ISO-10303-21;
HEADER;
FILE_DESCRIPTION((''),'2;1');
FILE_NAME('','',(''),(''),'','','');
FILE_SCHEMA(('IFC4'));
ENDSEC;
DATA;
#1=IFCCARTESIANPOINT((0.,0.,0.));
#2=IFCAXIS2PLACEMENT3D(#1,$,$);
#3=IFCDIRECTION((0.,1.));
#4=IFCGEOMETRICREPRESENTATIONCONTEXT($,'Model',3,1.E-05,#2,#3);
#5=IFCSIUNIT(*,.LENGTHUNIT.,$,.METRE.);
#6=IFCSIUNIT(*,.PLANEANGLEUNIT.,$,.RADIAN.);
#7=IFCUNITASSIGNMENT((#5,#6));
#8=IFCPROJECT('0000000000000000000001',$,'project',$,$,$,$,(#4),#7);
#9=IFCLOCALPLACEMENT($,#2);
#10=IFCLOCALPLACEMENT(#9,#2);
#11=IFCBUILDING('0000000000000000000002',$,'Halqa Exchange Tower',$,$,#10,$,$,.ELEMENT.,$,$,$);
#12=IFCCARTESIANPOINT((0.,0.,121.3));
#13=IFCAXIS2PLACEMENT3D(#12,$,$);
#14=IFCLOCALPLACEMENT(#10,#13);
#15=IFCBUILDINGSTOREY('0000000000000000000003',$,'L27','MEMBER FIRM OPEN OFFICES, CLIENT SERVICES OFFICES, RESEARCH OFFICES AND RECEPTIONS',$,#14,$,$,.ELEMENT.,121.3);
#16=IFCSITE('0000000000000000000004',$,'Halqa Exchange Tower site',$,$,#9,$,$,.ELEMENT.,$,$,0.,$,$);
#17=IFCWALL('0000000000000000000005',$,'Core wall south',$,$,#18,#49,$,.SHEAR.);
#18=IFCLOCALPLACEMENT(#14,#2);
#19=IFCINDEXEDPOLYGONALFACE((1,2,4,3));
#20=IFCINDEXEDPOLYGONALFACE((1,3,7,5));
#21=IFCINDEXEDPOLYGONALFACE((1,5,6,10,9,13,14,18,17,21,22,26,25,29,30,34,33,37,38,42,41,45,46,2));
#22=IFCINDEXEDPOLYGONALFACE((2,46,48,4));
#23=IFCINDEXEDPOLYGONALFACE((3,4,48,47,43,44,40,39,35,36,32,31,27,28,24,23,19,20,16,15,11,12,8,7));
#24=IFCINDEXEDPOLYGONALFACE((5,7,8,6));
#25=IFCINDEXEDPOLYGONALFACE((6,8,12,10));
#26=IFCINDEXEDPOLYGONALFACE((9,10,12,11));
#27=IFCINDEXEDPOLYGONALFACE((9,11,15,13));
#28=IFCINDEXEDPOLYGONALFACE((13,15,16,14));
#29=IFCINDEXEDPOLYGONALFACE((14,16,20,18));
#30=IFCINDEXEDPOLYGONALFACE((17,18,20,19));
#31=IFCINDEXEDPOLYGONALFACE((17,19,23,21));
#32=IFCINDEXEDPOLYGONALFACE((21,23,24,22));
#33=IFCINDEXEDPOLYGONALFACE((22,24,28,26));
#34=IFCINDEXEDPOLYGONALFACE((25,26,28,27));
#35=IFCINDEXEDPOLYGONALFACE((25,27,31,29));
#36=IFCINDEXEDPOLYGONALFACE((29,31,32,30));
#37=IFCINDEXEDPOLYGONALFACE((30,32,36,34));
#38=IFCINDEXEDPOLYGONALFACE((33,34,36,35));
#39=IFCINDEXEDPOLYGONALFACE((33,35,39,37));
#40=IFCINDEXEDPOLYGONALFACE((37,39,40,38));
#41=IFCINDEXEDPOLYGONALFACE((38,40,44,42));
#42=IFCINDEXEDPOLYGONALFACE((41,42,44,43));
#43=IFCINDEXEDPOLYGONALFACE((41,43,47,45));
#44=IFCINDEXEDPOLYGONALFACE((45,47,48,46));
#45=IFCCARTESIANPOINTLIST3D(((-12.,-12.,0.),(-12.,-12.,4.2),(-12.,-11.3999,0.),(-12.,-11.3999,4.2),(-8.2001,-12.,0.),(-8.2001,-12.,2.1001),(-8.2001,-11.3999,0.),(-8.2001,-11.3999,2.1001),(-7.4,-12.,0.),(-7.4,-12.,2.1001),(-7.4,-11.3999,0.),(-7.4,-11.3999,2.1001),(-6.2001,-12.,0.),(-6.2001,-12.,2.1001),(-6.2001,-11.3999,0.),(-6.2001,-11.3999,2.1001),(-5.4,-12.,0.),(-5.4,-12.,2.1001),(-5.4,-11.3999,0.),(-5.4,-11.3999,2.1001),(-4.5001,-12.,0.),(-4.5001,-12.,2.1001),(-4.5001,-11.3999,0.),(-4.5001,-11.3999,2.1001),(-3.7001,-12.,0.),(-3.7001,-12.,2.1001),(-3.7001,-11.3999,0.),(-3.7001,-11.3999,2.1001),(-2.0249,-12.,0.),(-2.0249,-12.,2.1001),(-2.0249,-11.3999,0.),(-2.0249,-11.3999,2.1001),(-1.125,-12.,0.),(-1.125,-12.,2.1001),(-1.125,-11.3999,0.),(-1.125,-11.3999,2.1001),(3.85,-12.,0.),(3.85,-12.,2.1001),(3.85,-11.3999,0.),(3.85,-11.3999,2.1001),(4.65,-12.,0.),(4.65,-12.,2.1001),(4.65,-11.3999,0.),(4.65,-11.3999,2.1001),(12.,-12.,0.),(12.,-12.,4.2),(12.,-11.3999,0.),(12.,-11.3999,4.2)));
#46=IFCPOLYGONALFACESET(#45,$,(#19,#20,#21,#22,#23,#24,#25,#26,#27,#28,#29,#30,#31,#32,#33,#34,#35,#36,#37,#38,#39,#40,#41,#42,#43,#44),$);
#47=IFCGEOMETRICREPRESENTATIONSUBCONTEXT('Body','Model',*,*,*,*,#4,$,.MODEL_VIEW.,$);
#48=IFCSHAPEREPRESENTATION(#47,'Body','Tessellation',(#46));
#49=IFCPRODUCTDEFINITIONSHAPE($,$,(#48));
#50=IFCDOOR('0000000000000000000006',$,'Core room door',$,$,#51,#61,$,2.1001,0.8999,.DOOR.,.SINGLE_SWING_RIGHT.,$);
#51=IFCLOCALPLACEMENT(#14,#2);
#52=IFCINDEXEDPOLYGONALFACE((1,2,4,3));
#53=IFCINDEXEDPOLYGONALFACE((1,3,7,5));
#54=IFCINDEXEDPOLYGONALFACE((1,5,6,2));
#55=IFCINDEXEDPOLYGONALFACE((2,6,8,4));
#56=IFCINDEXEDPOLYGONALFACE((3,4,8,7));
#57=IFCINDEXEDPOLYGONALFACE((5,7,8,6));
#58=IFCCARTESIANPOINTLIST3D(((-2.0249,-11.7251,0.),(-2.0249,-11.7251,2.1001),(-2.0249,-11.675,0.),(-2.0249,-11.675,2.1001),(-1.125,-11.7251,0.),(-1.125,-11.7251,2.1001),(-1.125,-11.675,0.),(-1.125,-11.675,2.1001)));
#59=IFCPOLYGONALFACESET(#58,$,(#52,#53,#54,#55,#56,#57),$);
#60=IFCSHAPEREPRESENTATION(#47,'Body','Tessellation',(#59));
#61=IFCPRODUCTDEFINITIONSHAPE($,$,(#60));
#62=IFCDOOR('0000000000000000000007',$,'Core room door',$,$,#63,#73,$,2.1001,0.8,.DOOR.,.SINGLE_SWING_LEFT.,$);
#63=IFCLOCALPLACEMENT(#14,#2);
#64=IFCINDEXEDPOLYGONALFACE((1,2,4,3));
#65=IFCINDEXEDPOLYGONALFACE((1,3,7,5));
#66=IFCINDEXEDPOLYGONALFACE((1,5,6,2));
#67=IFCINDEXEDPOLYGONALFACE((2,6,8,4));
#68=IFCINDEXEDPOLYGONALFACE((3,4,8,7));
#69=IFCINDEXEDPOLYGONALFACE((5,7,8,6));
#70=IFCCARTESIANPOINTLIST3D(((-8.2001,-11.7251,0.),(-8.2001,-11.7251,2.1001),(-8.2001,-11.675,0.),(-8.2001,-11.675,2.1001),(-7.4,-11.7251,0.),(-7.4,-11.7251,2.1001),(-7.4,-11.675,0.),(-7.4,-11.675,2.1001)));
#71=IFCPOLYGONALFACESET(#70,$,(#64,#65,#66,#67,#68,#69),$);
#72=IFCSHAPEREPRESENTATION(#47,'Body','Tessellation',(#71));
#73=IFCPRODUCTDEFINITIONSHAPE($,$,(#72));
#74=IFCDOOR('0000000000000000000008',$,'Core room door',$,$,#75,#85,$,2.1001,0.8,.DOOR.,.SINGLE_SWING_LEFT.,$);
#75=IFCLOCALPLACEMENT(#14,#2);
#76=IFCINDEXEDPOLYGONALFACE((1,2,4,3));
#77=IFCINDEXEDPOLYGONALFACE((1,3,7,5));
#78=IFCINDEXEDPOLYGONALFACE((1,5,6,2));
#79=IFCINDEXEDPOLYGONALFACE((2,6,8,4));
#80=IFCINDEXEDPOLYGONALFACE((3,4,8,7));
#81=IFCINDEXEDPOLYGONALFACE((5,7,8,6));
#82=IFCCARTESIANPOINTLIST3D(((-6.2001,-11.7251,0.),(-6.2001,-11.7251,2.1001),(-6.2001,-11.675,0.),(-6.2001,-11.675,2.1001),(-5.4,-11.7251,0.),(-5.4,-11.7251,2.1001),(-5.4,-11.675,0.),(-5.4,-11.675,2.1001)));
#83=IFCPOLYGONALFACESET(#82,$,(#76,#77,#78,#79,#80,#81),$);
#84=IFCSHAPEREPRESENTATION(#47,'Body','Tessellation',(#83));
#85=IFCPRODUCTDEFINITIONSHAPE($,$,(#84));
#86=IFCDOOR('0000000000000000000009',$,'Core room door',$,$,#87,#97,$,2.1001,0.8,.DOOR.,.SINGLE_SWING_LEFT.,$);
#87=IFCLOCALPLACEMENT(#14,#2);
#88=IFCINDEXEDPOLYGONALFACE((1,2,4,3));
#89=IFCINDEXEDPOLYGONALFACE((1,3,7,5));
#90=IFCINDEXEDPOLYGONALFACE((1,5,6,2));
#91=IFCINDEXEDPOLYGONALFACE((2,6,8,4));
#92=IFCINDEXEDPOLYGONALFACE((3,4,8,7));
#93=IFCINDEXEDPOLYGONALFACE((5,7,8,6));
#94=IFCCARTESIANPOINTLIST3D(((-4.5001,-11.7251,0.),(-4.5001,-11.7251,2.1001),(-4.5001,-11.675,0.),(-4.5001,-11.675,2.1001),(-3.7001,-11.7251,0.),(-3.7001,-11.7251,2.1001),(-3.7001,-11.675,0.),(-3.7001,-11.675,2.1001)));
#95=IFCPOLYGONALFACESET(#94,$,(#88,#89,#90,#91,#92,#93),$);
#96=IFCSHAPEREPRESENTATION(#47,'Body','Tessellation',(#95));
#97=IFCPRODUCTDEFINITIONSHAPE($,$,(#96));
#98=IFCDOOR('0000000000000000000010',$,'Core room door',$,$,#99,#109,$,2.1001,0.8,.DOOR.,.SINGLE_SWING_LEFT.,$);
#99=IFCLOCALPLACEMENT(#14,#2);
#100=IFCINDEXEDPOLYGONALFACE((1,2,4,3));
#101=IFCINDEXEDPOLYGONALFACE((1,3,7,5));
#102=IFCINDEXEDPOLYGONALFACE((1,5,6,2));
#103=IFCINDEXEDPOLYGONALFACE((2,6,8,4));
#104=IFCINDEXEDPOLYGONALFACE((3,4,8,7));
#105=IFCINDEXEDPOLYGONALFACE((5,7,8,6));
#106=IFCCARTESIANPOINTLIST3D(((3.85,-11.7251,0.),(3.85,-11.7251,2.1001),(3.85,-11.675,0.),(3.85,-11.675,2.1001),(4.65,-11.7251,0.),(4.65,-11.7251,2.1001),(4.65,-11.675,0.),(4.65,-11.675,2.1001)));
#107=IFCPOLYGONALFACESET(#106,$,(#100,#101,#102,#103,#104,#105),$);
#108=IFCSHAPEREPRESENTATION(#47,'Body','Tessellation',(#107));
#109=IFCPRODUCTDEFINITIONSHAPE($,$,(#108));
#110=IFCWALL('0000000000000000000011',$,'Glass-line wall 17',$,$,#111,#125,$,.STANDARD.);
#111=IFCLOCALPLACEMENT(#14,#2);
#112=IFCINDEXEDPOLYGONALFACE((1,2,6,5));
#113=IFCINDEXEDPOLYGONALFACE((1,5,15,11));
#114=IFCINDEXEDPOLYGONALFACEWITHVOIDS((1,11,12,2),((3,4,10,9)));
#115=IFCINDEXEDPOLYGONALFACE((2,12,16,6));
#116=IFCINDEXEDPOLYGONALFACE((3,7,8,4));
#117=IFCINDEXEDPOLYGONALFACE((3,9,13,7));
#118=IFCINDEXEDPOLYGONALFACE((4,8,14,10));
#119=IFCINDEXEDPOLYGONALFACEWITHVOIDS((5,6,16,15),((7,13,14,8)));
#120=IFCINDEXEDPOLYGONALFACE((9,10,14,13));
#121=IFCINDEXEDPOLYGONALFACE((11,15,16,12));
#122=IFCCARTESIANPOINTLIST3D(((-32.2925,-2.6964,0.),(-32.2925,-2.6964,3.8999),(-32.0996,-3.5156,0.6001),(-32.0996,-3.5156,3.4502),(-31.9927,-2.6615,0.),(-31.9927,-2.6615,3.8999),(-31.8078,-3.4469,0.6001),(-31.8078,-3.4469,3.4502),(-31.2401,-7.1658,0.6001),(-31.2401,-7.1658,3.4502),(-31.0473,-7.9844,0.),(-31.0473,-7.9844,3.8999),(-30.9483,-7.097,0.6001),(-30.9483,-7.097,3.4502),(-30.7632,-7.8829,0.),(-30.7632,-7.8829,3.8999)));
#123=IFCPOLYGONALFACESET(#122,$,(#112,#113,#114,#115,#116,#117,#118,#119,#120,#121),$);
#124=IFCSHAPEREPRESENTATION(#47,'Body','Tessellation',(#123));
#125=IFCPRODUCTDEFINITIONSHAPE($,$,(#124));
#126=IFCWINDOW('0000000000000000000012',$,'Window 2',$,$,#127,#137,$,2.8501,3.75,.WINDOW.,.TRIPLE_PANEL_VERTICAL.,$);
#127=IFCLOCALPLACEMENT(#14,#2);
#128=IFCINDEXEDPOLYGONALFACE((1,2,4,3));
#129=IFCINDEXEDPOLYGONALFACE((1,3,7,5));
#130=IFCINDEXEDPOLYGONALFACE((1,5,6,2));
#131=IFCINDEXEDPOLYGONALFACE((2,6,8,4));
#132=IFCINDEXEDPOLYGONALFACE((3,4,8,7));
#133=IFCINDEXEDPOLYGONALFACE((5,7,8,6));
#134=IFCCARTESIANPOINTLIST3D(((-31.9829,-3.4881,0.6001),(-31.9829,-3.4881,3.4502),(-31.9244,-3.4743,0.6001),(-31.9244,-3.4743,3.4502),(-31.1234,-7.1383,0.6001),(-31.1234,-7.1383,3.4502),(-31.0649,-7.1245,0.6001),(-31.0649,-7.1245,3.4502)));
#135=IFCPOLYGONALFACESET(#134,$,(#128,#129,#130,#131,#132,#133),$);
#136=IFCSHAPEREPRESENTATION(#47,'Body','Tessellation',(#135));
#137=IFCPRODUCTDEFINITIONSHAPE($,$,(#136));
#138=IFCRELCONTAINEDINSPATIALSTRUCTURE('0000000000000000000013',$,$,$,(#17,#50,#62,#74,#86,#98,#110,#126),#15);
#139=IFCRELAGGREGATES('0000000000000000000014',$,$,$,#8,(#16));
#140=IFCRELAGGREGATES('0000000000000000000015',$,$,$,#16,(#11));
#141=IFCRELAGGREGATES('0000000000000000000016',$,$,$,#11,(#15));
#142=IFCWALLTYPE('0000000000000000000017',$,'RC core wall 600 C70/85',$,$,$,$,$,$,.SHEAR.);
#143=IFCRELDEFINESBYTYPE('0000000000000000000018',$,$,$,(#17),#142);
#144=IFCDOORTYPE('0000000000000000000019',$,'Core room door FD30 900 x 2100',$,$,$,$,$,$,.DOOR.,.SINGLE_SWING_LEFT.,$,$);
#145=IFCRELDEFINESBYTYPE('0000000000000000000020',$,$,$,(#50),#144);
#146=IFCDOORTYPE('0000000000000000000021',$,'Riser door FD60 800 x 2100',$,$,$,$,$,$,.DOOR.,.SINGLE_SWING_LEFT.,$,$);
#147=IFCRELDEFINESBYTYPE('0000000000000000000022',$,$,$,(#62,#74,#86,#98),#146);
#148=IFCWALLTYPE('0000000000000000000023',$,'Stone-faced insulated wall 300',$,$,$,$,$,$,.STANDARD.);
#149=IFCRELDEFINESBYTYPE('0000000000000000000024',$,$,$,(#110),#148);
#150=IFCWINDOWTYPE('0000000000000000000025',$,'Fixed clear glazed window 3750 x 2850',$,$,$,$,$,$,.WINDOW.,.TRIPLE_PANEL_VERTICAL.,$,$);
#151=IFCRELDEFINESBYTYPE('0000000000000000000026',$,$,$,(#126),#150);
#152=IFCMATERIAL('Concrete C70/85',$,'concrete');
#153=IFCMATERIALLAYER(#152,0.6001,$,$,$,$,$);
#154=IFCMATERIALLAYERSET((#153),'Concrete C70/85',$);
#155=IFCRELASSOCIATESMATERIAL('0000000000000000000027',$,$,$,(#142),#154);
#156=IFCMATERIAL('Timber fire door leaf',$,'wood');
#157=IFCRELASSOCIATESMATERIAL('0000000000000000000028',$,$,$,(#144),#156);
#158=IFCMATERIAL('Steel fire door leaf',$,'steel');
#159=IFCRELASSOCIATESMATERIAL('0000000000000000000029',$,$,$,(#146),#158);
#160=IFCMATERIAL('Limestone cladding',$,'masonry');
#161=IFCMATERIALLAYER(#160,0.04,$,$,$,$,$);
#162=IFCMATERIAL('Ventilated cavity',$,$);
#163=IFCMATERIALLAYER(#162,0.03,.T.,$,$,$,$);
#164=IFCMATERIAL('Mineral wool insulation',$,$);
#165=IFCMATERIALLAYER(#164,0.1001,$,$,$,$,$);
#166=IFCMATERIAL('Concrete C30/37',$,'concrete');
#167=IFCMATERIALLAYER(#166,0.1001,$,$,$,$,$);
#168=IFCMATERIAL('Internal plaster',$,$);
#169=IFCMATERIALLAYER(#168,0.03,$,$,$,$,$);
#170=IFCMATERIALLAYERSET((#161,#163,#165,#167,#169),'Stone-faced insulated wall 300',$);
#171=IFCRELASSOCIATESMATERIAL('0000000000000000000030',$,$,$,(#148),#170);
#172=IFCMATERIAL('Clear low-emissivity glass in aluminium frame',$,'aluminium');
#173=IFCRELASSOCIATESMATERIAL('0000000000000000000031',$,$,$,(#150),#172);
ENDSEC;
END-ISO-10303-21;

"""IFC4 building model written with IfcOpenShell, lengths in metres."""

from ifc_helpers import new_model, si_unit, direction, frame, frame_2d, origin, place, context, subcontext, project, spatial, polyline, rectangle, outline, extrude, material, layer, layer_set, type_object, element, fill, save


model = new_model("IFC4")

# Units and contexts
model_context = context("Model", 3, precision=1e-05, world=origin(), true_north=direction((0.0, 1.0)))
body_context = subcontext(model_context, "Body", "Model", "MODEL_VIEW")
ifc_project = project(units=[si_unit("LENGTHUNIT", "METRE"), si_unit("PLANEANGLEUNIT", "RADIAN")], contexts=[model_context])

# Site, building, storey
site_placement = place(None, origin())
site = spatial("IfcSite", under=ifc_project, at=site_placement, Name="Halqa Exchange Tower site", CompositionType="ELEMENT", RefElevation=0.0)
building_placement = place(site_placement, origin())
building = spatial("IfcBuilding", under=site, at=building_placement, Name="Halqa Exchange Tower", CompositionType="ELEMENT")
storey_placement = place(building_placement, frame((0.0, 0.0, 121.3)))
storey = spatial("IfcBuildingStorey", under=building, at=storey_placement, Name="L27", Description="MEMBER FIRM OPEN OFFICES, CLIENT SERVICES OFFICES, RESEARCH OFFICES AND RECEPTIONS", CompositionType="ELEMENT", Elevation=121.3)

# Shared definitions
ifc_material_1 = material(Name="Concrete C70/85", Category="concrete")

# Wall, openings, doors
ifc_layer_1 = layer(ifc_material_1, 0.6001)
ifc_layer_set_1 = layer_set([ifc_layer_1], Name="Concrete C70/85")
wall_type_1 = type_object("IfcWallType", Name="RC core wall 600 C70/85", PredefinedType="SHEAR", material=ifc_layer_set_1)
wall_1_placement = place(storey_placement, frame((-12.0, -11.7, 0.0), z_axis=(0.0, 0.0, 1.0), x_axis=(1.0, 0.0, 0.0)))
wall_1 = element("IfcWall", 1, at=wall_1_placement, inside=storey, type_object=wall_type_1, Name="Core wall south", PredefinedType="SHEAR", context=body_context, shape_type="SweptSolid", body=[
    extrude(rectangle(XDim=24.0, YDim=0.6001, at=frame_2d((12.0, 0.0))), origin(), (0.0, 0.0, 1.0), 4.2),
])
opening_1_placement = place(wall_1_placement, frame((9.9751, 0.0, 0.0)))
opening_1 = element("IfcOpeningElement", 2, at=opening_1_placement, cuts=wall_1, PredefinedType="OPENING", context=body_context, shape_type="SweptSolid", body=[
    extrude(rectangle(XDim=0.8999, YDim=2.1001, at=frame_2d((0.45, 1.05))), frame((0.0, 0.312, 0.0), z_axis=(0.0, -1.0, 0.0), x_axis=(1.0, 0.0, 0.0)), (0.0, 0.0, 1.0), 0.624),
])
opening_2_placement = place(wall_1_placement, frame((3.8, 0.0, 0.0)))
opening_2 = element("IfcOpeningElement", 3, at=opening_2_placement, cuts=wall_1, PredefinedType="OPENING", context=body_context, shape_type="SweptSolid", body=[
    extrude(rectangle(XDim=0.8, YDim=2.1001, at=frame_2d((0.3999, 1.05))), frame((0.0, 0.312, 0.0), z_axis=(0.0, -1.0, 0.0), x_axis=(1.0, 0.0, 0.0)), (0.0, 0.0, 1.0), 0.624),
])
opening_3_placement = place(wall_1_placement, frame((5.8, 0.0, 0.0)))
opening_3 = element("IfcOpeningElement", 4, at=opening_3_placement, cuts=wall_1, PredefinedType="OPENING", context=body_context, shape_type="SweptSolid", body=[
    extrude(rectangle(XDim=0.8, YDim=2.1001, at=frame_2d((0.3999, 1.05))), frame((0.0, 0.312, 0.0), z_axis=(0.0, -1.0, 0.0), x_axis=(1.0, 0.0, 0.0)), (0.0, 0.0, 1.0), 0.624),
])
opening_4_placement = place(wall_1_placement, frame((7.5, 0.0, 0.0)))
opening_4 = element("IfcOpeningElement", 5, at=opening_4_placement, cuts=wall_1, PredefinedType="OPENING", context=body_context, shape_type="SweptSolid", body=[
    extrude(rectangle(XDim=0.8, YDim=2.1001, at=frame_2d((0.3999, 1.05))), frame((0.0, 0.312, 0.0), z_axis=(0.0, -1.0, 0.0), x_axis=(1.0, 0.0, 0.0)), (0.0, 0.0, 1.0), 0.624),
])
opening_5_placement = place(wall_1_placement, frame((15.8501, 0.0, 0.0)))
opening_5 = element("IfcOpeningElement", 6, at=opening_5_placement, cuts=wall_1, PredefinedType="OPENING", context=body_context, shape_type="SweptSolid", body=[
    extrude(rectangle(XDim=0.8, YDim=2.1001, at=frame_2d((0.3999, 1.05))), frame((0.0, 0.312, 0.0), z_axis=(0.0, -1.0, 0.0), x_axis=(1.0, 0.0, 0.0)), (0.0, 0.0, 1.0), 0.624),
])
ifc_material_2 = material(Name="Timber fire door leaf", Category="wood")
door_type_1 = type_object("IfcDoorType", Name="Core room door FD30 900 x 2100", OperationType="SINGLE_SWING_LEFT", PredefinedType="DOOR", material=ifc_material_2)
door_1_placement = place(opening_1_placement, origin())
door_1 = element("IfcDoor", 7, at=door_1_placement, inside=storey, type_object=door_type_1, Name="Core room door", OperationType="SINGLE_SWING_RIGHT", OverallHeight=2.1001, OverallWidth=0.8999, PredefinedType="DOOR", context=body_context, shape_type="SweptSolid", body=[
    extrude(rectangle(XDim=0.8999, YDim=2.1001, at=frame_2d((0.45, 1.05))), frame((0.0, 0.0249, 0.0), z_axis=(0.0, -1.0, 0.0), x_axis=(1.0, 0.0, 0.0)), (0.0, 0.0, 1.0), 0.05),
])
fill(opening_1, door_1)
ifc_material_3 = material(Name="Steel fire door leaf", Category="steel")
door_type_2 = type_object("IfcDoorType", Name="Riser door FD60 800 x 2100", OperationType="SINGLE_SWING_LEFT", PredefinedType="DOOR", material=ifc_material_3)
door_2_placement = place(opening_2_placement, origin())
door_2 = element("IfcDoor", 8, at=door_2_placement, inside=storey, type_object=door_type_2, Name="Core room door", OperationType="SINGLE_SWING_LEFT", OverallHeight=2.1001, OverallWidth=0.8, PredefinedType="DOOR", context=body_context, shape_type="SweptSolid", body=[
    extrude(rectangle(XDim=0.8, YDim=2.1001, at=frame_2d((0.3999, 1.05))), frame((0.0, 0.0249, 0.0), z_axis=(0.0, -1.0, 0.0), x_axis=(1.0, 0.0, 0.0)), (0.0, 0.0, 1.0), 0.05),
])
fill(opening_2, door_2)
door_3_placement = place(opening_3_placement, origin())
door_3 = element("IfcDoor", 9, at=door_3_placement, inside=storey, type_object=door_type_2, Name="Core room door", OperationType="SINGLE_SWING_LEFT", OverallHeight=2.1001, OverallWidth=0.8, PredefinedType="DOOR", context=body_context, shape_type="SweptSolid", body=[
    extrude(rectangle(XDim=0.8, YDim=2.1001, at=frame_2d((0.3999, 1.05))), frame((0.0, 0.0249, 0.0), z_axis=(0.0, -1.0, 0.0), x_axis=(1.0, 0.0, 0.0)), (0.0, 0.0, 1.0), 0.05),
])
fill(opening_3, door_3)
door_4_placement = place(opening_4_placement, origin())
door_4 = element("IfcDoor", 10, at=door_4_placement, inside=storey, type_object=door_type_2, Name="Core room door", OperationType="SINGLE_SWING_LEFT", OverallHeight=2.1001, OverallWidth=0.8, PredefinedType="DOOR", context=body_context, shape_type="SweptSolid", body=[
    extrude(rectangle(XDim=0.8, YDim=2.1001, at=frame_2d((0.3999, 1.05))), frame((0.0, 0.0249, 0.0), z_axis=(0.0, -1.0, 0.0), x_axis=(1.0, 0.0, 0.0)), (0.0, 0.0, 1.0), 0.05),
])
fill(opening_4, door_4)
door_5_placement = place(opening_5_placement, origin())
door_5 = element("IfcDoor", 11, at=door_5_placement, inside=storey, type_object=door_type_2, Name="Core room door", OperationType="SINGLE_SWING_LEFT", OverallHeight=2.1001, OverallWidth=0.8, PredefinedType="DOOR", context=body_context, shape_type="SweptSolid", body=[
    extrude(rectangle(XDim=0.8, YDim=2.1001, at=frame_2d((0.3999, 1.05))), frame((0.0, 0.0249, 0.0), z_axis=(0.0, -1.0, 0.0), x_axis=(1.0, 0.0, 0.0)), (0.0, 0.0, 1.0), 0.05),
])
fill(opening_5, door_5)

# Wall, opening, window
ifc_material_4 = material(Name="Limestone cladding", Category="masonry")
ifc_layer_2 = layer(ifc_material_4, 0.04)
ifc_material_5 = material(Name="Ventilated cavity")
ifc_layer_3 = layer(ifc_material_5, 0.03, ventilated=True)
ifc_material_6 = material(Name="Mineral wool insulation")
ifc_layer_4 = layer(ifc_material_6, 0.1001)
ifc_material_7 = material(Name="Concrete C30/37", Category="concrete")
ifc_layer_5 = layer(ifc_material_7, 0.1001)
ifc_material_8 = material(Name="Internal plaster")
ifc_layer_6 = layer(ifc_material_8, 0.03)
ifc_layer_set_2 = layer_set([ifc_layer_2, ifc_layer_3, ifc_layer_4, ifc_layer_5, ifc_layer_6], Name="Stone-faced insulated wall 300")
wall_type_2 = type_object("IfcWallType", Name="Stone-faced insulated wall 300", PredefinedType="STANDARD", material=ifc_layer_set_2)
wall_2_placement = place(storey_placement, frame((-32.1426, -2.679, 0.0), z_axis=(0.0, 0.0, 1.0), x_axis=(0.229201, -0.973379, 0.0)))
wall_2 = element("IfcWall", 12, at=wall_2_placement, inside=storey, type_object=wall_type_2, Name="Glass-line wall 17", PredefinedType="STANDARD", context=body_context, shape_type="SweptSolid", body=[
    extrude(outline(polyline([(-0.0173, -0.1499), (5.4153, -0.1499), (5.3816, 0.1499), (0.0173, 0.1499), (-0.0173, -0.1499)])), origin(), (0.0, 0.0, 1.0), 3.8999),
])
opening_6_placement = place(wall_2_placement, frame((0.8242, 0.0, 0.6001)))
opening_6 = element("IfcOpeningElement", 13, at=opening_6_placement, cuts=wall_2, PredefinedType="OPENING", context=body_context, shape_type="SweptSolid", body=[
    extrude(rectangle(XDim=3.75, YDim=2.8501, at=frame_2d((1.875, 1.425))), frame((0.0, 0.1621, 0.0), z_axis=(0.0, -1.0, 0.0), x_axis=(1.0, 0.0, 0.0)), (0.0, 0.0, 1.0), 0.324),
])
ifc_material_9 = material(Name="Clear low-emissivity glass in aluminium frame", Category="aluminium")
window_type = type_object("IfcWindowType", Name="Fixed clear glazed window 3750 x 2850", PartitioningType="TRIPLE_PANEL_VERTICAL", PredefinedType="WINDOW", material=ifc_material_9)
window_1_placement = place(opening_6_placement, origin())
window_1 = element("IfcWindow", 14, at=window_1_placement, inside=storey, type_object=window_type, Name="Window 2", OverallHeight=2.8501, OverallWidth=3.75, PartitioningType="TRIPLE_PANEL_VERTICAL", PredefinedType="WINDOW", context=body_context, shape_type="SweptSolid", body=[
    extrude(rectangle(XDim=3.75, YDim=2.8501, at=frame_2d((1.875, 1.425))), frame((0.0, 0.03, 0.0), z_axis=(0.0, -1.0, 0.0), x_axis=(1.0, 0.0, 0.0)), (0.0, 0.0, 1.0), 0.0601),
])
fill(opening_6, window_1)

save(model, "model.ifc")
